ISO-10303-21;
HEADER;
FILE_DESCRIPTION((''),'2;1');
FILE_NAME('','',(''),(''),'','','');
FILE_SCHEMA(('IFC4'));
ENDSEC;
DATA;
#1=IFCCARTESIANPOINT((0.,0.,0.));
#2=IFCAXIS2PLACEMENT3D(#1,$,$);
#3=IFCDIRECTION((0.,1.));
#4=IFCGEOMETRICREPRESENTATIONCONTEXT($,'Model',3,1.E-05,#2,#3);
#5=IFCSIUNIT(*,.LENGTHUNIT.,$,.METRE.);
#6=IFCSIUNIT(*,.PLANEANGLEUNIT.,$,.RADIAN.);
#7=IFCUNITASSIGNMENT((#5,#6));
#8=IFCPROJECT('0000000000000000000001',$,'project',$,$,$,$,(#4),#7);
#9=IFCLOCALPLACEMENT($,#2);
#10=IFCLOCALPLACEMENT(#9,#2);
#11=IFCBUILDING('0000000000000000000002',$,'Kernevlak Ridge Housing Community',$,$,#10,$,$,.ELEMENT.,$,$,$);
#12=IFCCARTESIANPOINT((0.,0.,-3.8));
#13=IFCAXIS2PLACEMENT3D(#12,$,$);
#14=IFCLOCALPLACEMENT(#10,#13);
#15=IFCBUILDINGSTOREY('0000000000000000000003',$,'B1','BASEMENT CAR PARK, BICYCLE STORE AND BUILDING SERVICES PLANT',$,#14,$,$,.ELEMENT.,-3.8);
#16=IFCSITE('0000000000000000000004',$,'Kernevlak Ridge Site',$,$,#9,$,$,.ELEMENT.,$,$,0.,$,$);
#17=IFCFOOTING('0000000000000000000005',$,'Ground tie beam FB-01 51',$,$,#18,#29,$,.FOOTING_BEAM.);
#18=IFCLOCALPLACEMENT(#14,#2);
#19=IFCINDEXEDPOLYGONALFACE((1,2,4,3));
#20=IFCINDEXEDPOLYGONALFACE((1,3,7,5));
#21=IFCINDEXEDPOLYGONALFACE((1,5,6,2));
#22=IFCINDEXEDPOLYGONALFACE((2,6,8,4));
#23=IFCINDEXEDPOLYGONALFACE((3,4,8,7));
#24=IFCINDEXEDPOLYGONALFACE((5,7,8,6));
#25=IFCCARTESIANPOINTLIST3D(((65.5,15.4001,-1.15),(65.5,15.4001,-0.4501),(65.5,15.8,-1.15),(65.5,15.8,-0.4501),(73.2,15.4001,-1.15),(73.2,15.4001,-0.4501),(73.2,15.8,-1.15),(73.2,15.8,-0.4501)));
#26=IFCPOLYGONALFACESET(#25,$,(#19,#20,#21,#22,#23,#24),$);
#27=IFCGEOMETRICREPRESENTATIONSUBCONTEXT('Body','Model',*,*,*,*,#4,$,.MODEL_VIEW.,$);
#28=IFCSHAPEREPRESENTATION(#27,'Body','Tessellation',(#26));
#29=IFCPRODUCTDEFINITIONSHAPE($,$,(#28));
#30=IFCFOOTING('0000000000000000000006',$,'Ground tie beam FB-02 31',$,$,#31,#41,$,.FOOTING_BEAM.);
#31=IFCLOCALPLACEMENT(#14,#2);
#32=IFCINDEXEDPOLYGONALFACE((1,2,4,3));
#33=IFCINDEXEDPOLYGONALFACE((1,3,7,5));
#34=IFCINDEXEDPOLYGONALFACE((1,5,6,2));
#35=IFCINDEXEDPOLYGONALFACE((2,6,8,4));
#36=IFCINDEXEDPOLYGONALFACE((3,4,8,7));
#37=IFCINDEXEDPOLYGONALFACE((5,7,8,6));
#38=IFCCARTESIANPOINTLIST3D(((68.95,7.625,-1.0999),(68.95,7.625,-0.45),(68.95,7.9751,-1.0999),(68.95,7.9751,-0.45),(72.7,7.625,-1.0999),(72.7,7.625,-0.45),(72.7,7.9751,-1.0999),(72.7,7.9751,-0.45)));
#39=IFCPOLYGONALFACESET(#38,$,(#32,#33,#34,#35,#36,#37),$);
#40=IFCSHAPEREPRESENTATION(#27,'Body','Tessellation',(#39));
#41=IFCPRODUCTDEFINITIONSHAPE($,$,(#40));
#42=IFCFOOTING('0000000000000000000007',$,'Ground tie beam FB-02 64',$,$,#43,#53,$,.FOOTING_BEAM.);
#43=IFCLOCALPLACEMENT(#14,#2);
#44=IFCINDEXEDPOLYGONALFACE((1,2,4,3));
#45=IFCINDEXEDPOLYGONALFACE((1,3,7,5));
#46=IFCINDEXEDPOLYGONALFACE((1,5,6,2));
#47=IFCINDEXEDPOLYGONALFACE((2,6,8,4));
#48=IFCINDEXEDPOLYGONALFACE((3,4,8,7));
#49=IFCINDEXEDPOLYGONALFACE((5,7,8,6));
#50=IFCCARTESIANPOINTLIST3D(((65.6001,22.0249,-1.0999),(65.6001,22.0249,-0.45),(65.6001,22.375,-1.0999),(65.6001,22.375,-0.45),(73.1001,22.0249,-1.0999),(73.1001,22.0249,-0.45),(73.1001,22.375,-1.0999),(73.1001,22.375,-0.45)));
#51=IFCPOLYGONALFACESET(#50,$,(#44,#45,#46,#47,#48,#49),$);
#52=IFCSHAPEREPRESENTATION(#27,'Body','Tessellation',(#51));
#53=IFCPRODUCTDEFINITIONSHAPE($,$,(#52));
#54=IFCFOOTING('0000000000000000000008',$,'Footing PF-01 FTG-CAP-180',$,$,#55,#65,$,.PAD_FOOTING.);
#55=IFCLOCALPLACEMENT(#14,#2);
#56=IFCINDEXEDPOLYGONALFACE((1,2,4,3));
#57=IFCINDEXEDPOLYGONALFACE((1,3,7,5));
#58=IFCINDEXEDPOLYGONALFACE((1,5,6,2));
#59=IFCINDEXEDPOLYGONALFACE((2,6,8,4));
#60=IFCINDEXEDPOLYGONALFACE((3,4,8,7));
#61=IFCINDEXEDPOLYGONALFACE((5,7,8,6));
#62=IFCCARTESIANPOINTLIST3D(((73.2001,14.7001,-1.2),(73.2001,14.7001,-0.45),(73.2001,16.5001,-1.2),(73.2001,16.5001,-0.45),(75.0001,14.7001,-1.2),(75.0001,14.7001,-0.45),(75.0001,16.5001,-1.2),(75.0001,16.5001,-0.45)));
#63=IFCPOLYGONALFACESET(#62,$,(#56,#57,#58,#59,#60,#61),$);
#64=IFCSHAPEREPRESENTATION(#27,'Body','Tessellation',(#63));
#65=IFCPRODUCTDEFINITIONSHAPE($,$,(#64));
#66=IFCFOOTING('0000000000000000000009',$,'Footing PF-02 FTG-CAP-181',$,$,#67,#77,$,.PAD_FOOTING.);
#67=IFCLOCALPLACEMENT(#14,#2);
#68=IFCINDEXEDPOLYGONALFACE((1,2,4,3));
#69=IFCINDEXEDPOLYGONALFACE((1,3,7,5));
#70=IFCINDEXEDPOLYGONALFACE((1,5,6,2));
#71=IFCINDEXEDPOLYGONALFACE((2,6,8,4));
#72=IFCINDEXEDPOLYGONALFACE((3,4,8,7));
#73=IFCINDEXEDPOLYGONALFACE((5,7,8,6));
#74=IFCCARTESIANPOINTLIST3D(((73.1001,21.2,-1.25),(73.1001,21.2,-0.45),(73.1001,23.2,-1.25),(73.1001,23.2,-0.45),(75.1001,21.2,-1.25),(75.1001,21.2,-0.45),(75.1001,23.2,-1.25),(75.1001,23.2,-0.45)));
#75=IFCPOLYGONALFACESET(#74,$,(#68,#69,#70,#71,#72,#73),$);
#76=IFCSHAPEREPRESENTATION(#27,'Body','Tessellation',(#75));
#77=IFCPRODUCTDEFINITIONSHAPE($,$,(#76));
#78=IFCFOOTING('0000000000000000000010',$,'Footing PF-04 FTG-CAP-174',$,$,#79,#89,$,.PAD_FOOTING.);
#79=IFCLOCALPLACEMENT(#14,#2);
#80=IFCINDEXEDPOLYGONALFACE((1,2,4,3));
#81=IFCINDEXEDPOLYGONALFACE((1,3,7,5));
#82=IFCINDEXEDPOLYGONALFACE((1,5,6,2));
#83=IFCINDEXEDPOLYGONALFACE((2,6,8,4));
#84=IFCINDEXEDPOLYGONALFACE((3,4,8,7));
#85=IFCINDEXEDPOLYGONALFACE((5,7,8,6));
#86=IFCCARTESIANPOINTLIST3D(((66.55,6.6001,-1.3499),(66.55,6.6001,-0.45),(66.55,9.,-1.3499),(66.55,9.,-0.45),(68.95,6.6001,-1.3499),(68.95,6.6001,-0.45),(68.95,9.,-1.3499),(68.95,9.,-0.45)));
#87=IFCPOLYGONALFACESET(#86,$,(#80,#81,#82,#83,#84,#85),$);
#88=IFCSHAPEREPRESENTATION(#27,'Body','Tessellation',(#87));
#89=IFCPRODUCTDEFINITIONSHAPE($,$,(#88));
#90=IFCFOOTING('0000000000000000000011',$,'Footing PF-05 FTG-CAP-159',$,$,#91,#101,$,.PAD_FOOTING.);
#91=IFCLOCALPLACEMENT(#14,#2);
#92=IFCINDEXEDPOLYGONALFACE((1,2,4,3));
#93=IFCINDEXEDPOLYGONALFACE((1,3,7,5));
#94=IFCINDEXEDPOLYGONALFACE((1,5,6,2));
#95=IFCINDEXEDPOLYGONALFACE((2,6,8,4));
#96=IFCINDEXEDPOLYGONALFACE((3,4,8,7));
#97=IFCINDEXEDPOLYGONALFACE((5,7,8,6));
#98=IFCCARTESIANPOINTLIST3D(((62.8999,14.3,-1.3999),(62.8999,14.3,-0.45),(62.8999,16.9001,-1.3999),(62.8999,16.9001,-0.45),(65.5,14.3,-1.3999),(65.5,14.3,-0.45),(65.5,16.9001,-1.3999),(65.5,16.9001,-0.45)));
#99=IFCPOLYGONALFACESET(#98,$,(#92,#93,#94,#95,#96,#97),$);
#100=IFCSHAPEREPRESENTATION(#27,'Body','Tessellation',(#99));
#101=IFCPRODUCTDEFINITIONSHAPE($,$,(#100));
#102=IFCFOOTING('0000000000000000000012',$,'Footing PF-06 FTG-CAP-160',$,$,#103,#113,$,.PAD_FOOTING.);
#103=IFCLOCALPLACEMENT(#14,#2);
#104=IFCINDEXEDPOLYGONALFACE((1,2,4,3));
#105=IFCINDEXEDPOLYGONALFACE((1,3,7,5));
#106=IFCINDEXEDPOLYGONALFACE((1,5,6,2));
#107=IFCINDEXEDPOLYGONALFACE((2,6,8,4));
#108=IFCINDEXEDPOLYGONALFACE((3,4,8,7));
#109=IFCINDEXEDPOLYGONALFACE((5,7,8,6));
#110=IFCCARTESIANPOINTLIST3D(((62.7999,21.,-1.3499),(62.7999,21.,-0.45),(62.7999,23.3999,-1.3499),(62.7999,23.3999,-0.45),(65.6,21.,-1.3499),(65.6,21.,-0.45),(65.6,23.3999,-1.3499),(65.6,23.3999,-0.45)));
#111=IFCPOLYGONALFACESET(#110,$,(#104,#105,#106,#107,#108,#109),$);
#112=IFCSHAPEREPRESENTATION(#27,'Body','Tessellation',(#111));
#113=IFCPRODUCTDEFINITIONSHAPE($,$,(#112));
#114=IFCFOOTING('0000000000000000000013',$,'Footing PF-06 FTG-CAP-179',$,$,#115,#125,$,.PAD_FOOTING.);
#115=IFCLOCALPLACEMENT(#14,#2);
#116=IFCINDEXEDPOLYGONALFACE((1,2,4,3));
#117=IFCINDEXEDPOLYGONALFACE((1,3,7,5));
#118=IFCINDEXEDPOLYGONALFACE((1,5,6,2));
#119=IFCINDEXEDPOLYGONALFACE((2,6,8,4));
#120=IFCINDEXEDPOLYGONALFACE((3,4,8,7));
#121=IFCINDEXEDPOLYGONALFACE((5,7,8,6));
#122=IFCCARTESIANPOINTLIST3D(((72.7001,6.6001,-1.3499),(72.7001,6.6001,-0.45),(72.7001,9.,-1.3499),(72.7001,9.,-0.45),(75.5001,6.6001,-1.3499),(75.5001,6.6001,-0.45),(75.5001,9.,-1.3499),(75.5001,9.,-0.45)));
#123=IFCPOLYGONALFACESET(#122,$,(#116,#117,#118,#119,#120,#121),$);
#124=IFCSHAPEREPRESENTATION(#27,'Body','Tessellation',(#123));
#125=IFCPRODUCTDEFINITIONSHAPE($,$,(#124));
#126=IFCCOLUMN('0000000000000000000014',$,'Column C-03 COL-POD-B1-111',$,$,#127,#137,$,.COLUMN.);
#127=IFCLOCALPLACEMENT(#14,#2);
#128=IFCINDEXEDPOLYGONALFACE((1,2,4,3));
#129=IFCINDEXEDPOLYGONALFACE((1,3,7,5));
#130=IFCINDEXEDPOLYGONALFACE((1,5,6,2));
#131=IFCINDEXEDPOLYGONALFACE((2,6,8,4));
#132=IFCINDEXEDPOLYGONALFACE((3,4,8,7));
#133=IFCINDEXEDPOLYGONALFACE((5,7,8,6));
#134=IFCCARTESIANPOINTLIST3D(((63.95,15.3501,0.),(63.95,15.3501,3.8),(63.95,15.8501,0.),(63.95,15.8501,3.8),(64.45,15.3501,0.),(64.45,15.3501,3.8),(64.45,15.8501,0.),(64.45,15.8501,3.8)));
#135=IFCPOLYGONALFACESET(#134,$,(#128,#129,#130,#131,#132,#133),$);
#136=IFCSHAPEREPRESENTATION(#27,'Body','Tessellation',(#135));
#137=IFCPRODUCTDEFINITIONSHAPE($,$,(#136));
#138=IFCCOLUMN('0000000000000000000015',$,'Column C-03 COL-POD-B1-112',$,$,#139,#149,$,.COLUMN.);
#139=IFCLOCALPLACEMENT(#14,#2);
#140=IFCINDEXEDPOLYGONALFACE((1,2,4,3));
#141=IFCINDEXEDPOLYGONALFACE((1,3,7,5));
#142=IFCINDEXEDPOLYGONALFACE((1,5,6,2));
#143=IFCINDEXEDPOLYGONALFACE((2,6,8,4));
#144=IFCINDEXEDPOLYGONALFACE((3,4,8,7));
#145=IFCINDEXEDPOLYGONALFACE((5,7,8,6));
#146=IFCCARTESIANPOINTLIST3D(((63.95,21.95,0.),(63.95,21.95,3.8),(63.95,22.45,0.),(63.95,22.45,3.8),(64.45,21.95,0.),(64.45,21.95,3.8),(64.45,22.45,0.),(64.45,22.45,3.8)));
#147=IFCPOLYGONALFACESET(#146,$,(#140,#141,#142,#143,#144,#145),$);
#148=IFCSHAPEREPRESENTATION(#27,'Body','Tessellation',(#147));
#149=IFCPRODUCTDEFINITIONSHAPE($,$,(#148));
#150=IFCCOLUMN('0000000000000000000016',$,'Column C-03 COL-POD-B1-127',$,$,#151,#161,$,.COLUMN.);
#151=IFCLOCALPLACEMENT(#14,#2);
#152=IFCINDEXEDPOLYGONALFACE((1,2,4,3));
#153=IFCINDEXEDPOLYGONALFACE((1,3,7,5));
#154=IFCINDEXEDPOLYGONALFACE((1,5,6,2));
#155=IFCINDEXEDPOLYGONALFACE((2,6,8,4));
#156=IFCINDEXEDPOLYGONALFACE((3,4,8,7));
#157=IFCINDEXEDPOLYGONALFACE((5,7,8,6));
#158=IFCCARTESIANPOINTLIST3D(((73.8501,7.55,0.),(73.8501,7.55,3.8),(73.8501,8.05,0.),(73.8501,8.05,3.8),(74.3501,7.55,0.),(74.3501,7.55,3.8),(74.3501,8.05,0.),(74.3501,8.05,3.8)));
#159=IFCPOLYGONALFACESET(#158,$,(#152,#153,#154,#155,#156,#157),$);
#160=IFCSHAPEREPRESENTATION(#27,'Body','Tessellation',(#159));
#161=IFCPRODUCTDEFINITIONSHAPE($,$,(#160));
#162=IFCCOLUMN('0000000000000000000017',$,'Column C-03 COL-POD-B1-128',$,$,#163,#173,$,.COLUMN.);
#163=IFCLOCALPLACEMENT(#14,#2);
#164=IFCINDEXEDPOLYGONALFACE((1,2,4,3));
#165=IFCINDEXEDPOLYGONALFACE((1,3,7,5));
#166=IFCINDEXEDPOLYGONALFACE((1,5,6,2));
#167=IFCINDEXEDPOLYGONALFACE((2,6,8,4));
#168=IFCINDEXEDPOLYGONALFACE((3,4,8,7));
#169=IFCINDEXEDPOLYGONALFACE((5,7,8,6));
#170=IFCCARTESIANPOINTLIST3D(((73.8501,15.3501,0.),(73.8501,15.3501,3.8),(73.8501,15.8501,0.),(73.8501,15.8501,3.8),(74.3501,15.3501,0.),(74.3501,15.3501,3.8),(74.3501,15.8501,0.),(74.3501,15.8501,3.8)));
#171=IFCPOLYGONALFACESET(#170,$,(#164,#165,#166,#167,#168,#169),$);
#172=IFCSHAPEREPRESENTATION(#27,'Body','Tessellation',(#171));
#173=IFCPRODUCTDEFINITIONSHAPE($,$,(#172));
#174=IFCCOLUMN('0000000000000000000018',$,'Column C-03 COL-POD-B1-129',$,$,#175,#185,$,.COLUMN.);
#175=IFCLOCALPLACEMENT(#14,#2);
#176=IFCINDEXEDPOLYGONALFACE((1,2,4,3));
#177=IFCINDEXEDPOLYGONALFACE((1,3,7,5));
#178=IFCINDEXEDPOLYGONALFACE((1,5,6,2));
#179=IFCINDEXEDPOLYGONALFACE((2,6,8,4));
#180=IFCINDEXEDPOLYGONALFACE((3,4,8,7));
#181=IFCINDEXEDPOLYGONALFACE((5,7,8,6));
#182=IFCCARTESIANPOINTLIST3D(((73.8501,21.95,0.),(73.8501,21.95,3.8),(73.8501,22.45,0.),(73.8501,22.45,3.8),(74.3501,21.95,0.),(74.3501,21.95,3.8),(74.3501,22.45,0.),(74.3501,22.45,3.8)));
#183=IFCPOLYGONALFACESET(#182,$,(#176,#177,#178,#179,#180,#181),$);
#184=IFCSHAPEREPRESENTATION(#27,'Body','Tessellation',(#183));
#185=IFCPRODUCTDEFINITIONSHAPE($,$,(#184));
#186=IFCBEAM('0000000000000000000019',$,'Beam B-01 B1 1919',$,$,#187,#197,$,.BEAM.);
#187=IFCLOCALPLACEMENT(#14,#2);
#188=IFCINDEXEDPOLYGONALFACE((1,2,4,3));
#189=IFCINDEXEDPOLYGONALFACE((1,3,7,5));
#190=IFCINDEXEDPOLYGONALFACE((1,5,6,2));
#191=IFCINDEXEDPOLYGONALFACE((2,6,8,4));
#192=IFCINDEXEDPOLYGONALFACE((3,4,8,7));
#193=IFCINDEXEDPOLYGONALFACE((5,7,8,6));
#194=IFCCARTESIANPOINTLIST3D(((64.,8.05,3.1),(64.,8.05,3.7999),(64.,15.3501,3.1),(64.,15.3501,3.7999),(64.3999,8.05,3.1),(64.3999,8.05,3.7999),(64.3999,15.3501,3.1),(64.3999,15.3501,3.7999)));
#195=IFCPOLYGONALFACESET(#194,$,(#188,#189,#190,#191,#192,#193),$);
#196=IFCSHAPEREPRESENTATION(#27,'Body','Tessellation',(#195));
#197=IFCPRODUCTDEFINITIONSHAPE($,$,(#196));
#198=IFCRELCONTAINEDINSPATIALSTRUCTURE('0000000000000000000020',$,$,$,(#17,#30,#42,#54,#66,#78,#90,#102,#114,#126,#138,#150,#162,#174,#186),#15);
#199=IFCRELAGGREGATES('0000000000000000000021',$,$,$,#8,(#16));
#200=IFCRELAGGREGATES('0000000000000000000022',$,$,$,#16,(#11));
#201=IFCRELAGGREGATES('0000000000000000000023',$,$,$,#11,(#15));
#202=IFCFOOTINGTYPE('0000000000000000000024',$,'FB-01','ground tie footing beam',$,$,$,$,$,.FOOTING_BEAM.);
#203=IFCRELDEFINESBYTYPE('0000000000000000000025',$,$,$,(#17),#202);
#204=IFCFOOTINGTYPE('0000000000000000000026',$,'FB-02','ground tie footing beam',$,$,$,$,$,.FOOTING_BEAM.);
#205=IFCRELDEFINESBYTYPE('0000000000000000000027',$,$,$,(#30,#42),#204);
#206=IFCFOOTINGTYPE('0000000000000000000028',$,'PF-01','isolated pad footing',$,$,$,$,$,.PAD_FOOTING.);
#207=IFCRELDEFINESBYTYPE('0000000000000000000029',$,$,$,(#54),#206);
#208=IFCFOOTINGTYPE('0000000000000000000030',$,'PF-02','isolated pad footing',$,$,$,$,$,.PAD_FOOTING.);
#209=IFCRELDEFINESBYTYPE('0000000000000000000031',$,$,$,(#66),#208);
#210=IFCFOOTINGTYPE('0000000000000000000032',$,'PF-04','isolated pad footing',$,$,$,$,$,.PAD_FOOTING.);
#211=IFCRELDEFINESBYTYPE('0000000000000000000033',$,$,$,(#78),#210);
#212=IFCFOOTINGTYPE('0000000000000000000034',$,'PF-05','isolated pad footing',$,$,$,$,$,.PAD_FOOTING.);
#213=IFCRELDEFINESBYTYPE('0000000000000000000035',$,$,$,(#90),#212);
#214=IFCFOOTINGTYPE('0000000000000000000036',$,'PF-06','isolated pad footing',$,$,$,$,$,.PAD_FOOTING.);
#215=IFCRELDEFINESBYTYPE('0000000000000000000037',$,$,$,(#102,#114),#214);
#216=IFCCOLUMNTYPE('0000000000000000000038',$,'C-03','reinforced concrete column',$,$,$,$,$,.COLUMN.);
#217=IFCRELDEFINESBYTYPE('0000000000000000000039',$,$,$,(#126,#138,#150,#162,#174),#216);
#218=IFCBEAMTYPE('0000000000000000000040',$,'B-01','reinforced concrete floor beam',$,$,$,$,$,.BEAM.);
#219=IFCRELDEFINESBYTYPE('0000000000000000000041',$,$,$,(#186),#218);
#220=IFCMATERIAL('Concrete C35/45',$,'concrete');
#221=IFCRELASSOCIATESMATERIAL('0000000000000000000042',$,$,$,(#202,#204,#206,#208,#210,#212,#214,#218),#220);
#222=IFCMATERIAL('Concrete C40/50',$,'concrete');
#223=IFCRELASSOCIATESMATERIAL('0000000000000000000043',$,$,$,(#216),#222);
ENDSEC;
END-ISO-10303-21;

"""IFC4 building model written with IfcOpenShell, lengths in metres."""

from ifc_helpers import new_model, si_unit, direction, frame, origin, origin_2d, place, context, subcontext, project, spatial, rectangle, extrude, material, material_profile, profile_set, type_object, element, save


model = new_model("IFC4")

# Units and contexts
model_context = context("Model", 3, precision=1e-05, world=origin(), true_north=direction((0.0, 1.0)))
body_context = subcontext(model_context, "Body", "Model", "MODEL_VIEW")
ifc_project = project(units=[si_unit("LENGTHUNIT", "METRE"), si_unit("PLANEANGLEUNIT", "RADIAN")], contexts=[model_context])

# Site, building, storey
site_placement = place(None, origin())
site = spatial("IfcSite", under=ifc_project, at=site_placement, Name="Kernevlak Ridge Site", CompositionType="ELEMENT", RefElevation=0.0)
building_placement = place(site_placement, origin())
building = spatial("IfcBuilding", under=site, at=building_placement, Name="Kernevlak Ridge Housing Community", CompositionType="ELEMENT")
storey_placement = place(building_placement, frame((0.0, 0.0, -3.8)))
storey = spatial("IfcBuildingStorey", under=building, at=storey_placement, Name="B1", Description="BASEMENT CAR PARK, BICYCLE STORE AND BUILDING SERVICES PLANT", CompositionType="ELEMENT", Elevation=-3.8)

# Footings
ifc_material_1 = material(Name="Concrete C35/45", Category="concrete")
ifc_material_profile_1 = material_profile(ifc_material_1, rectangle(XDim=0.3999, YDim=0.7, at=origin_2d()), Name="RC 400x700")
ifc_profile_set_1 = profile_set([ifc_material_profile_1], Name="Concrete C35/45")
footing_type_1 = type_object("IfcFootingType", Name="FB-01", Description="ground tie footing beam", PredefinedType="FOOTING_BEAM", material=ifc_profile_set_1)
footing_1_placement = place(storey_placement, frame((65.5, 15.6001, -0.8), z_axis=(1.0, 0.0, 0.0), x_axis=(0.0, 1.0, 0.0)))
element("IfcFooting", 1, at=footing_1_placement, inside=storey, type_object=footing_type_1, Name="Ground tie beam FB-01 51", PredefinedType="FOOTING_BEAM", context=body_context, shape_type="SweptSolid", body=[
    extrude(rectangle(XDim=0.3999, YDim=0.7, at=origin_2d()), origin(), (0.0, 0.0, 1.0), 7.7),
])
ifc_material_profile_2 = material_profile(ifc_material_1, rectangle(XDim=0.3501, YDim=0.6499, at=origin_2d()), Name="RC 350x650")
ifc_profile_set_2 = profile_set([ifc_material_profile_2], Name="Concrete C35/45")
footing_type_2 = type_object("IfcFootingType", Name="FB-02", Description="ground tie footing beam", PredefinedType="FOOTING_BEAM", material=ifc_profile_set_2)
footing_2_placement = place(storey_placement, frame((68.95, 7.8, -0.7749), z_axis=(1.0, 0.0, 0.0), x_axis=(0.0, 1.0, 0.0)))
element("IfcFooting", 2, at=footing_2_placement, inside=storey, type_object=footing_type_2, Name="Ground tie beam FB-02 31", PredefinedType="FOOTING_BEAM", context=body_context, shape_type="SweptSolid", body=[
    extrude(rectangle(XDim=0.3501, YDim=0.6499, at=origin_2d()), origin(), (0.0, 0.0, 1.0), 3.75),
])
footing_3_placement = place(storey_placement, frame((65.6001, 22.2, -0.7749), z_axis=(1.0, 0.0, 0.0), x_axis=(0.0, 1.0, 0.0)))
element("IfcFooting", 3, at=footing_3_placement, inside=storey, type_object=footing_type_2, Name="Ground tie beam FB-02 64", PredefinedType="FOOTING_BEAM", context=body_context, shape_type="SweptSolid", body=[
    extrude(rectangle(XDim=0.3501, YDim=0.6499, at=origin_2d()), origin(), (0.0, 0.0, 1.0), 7.5),
])
footing_type_3 = type_object("IfcFootingType", Name="PF-01", Description="isolated pad footing", PredefinedType="PAD_FOOTING", material=ifc_material_1)
footing_4_placement = place(storey_placement, frame((74.1001, 15.6001, -1.2), z_axis=(0.0, 0.0, 1.0), x_axis=(1.0, 0.0, 0.0)))
element("IfcFooting", 4, at=footing_4_placement, inside=storey, type_object=footing_type_3, Name="Footing PF-01 FTG-CAP-180", PredefinedType="PAD_FOOTING", context=body_context, shape_type="SweptSolid", body=[
    extrude(rectangle(XDim=1.8, YDim=1.8, at=origin_2d()), origin(), (0.0, 0.0, 1.0), 0.75),
])
footing_type_4 = type_object("IfcFootingType", Name="PF-02", Description="isolated pad footing", PredefinedType="PAD_FOOTING", material=ifc_material_1)
footing_5_placement = place(storey_placement, frame((74.1001, 22.2, -1.25), z_axis=(0.0, 0.0, 1.0), x_axis=(1.0, 0.0, 0.0)))
element("IfcFooting", 5, at=footing_5_placement, inside=storey, type_object=footing_type_4, Name="Footing PF-02 FTG-CAP-181", PredefinedType="PAD_FOOTING", context=body_context, shape_type="SweptSolid", body=[
    extrude(rectangle(XDim=2.0, YDim=2.0, at=origin_2d()), origin(), (0.0, 0.0, 1.0), 0.8),
])
footing_type_5 = type_object("IfcFootingType", Name="PF-04", Description="isolated pad footing", PredefinedType="PAD_FOOTING", material=ifc_material_1)
footing_6_placement = place(storey_placement, frame((67.75, 7.8, -1.3499), z_axis=(0.0, 0.0, 1.0), x_axis=(1.0, 0.0, 0.0)))
element("IfcFooting", 6, at=footing_6_placement, inside=storey, type_object=footing_type_5, Name="Footing PF-04 FTG-CAP-174", PredefinedType="PAD_FOOTING", context=body_context, shape_type="SweptSolid", body=[
    extrude(rectangle(XDim=2.3999, YDim=2.3999, at=origin_2d()), origin(), (0.0, 0.0, 1.0), 0.8999),
])
footing_type_6 = type_object("IfcFootingType", Name="PF-05", Description="isolated pad footing", PredefinedType="PAD_FOOTING", material=ifc_material_1)
footing_7_placement = place(storey_placement, frame((64.2, 15.6001, -1.3999), z_axis=(0.0, 0.0, 1.0), x_axis=(1.0, 0.0, 0.0)))
element("IfcFooting", 7, at=footing_7_placement, inside=storey, type_object=footing_type_6, Name="Footing PF-05 FTG-CAP-159", PredefinedType="PAD_FOOTING", context=body_context, shape_type="SweptSolid", body=[
    extrude(rectangle(XDim=2.6001, YDim=2.6001, at=origin_2d()), origin(), (0.0, 0.0, 1.0), 0.95),
])
footing_type_7 = type_object("IfcFootingType", Name="PF-06", Description="isolated pad footing", PredefinedType="PAD_FOOTING", material=ifc_material_1)
for number, where, z_axis, x_axis, name in (
    (8, (64.2, 22.2, -1.3499), (0.0, 0.0, 1.0), (1.0, 0.0, 0.0), "Footing PF-06 FTG-CAP-160"),
    (9, (74.1001, 7.8, -1.3499), (0.0, 0.0, 1.0), (1.0, 0.0, 0.0), "Footing PF-06 FTG-CAP-179"),
):
    element("IfcFooting", number, at=place(storey_placement, frame(where, z_axis=z_axis, x_axis=x_axis)), inside=storey, type_object=footing_type_7, Name=name, PredefinedType="PAD_FOOTING", context=body_context, shape_type="SweptSolid", body=[
        extrude(rectangle(XDim=2.8, YDim=2.3999, at=origin_2d()), origin(), (0.0, 0.0, 1.0), 0.8999),
    ])

# Columns
ifc_material_2 = material(Name="Concrete C40/50", Category="concrete")
ifc_material_profile_3 = material_profile(ifc_material_2, rectangle(XDim=0.5, YDim=0.5, at=origin_2d()), Name="RC 500x500")
ifc_profile_set_3 = profile_set([ifc_material_profile_3], Name="Concrete C40/50")
column_type = type_object("IfcColumnType", Name="C-03", Description="reinforced concrete column", PredefinedType="COLUMN", material=ifc_profile_set_3)
for number, where, z_axis, x_axis, name in (
    (10, (64.2, 15.6001, 0.0), (0.0, 0.0, 1.0), (1.0, 0.0, 0.0), "Column C-03 COL-POD-B1-111"),
    (11, (64.2, 22.2, 0.0), (0.0, 0.0, 1.0), (1.0, 0.0, 0.0), "Column C-03 COL-POD-B1-112"),
    (12, (74.1001, 7.8, 0.0), (0.0, 0.0, 1.0), (1.0, 0.0, 0.0), "Column C-03 COL-POD-B1-127"),
    (13, (74.1001, 15.6001, 0.0), (0.0, 0.0, 1.0), (1.0, 0.0, 0.0), "Column C-03 COL-POD-B1-128"),
    (14, (74.1001, 22.2, 0.0), (0.0, 0.0, 1.0), (1.0, 0.0, 0.0), "Column C-03 COL-POD-B1-129"),
):
    element("IfcColumn", number, at=place(storey_placement, frame(where, z_axis=z_axis, x_axis=x_axis)), inside=storey, type_object=column_type, Name=name, PredefinedType="COLUMN", context=body_context, shape_type="SweptSolid", body=[
        extrude(rectangle(XDim=0.5, YDim=0.5, at=origin_2d()), origin(), (0.0, 0.0, 1.0), 3.8),
    ])

# Beam
ifc_material_profile_4 = material_profile(ifc_material_1, rectangle(XDim=0.3999, YDim=0.7, at=origin_2d()), Name="RC 400x700")
ifc_profile_set_4 = profile_set([ifc_material_profile_4], Name="Concrete C35/45")
beam_type_1 = type_object("IfcBeamType", Name="B-01", Description="reinforced concrete floor beam", PredefinedType="BEAM", material=ifc_profile_set_4)
beam_1_placement = place(storey_placement, frame((64.2, 8.05, 3.45), z_axis=(0.0, 1.0, 0.0), x_axis=(-1.0, 0.0, 0.0)))
element("IfcBeam", 15, at=beam_1_placement, inside=storey, type_object=beam_type_1, Name="Beam B-01 B1 1919", PredefinedType="BEAM", context=body_context, shape_type="SweptSolid", body=[
    extrude(rectangle(XDim=0.3999, YDim=0.7, at=origin_2d()), origin(), (0.0, 0.0, 1.0), 7.3),
])

save(model, "model.ifc")
